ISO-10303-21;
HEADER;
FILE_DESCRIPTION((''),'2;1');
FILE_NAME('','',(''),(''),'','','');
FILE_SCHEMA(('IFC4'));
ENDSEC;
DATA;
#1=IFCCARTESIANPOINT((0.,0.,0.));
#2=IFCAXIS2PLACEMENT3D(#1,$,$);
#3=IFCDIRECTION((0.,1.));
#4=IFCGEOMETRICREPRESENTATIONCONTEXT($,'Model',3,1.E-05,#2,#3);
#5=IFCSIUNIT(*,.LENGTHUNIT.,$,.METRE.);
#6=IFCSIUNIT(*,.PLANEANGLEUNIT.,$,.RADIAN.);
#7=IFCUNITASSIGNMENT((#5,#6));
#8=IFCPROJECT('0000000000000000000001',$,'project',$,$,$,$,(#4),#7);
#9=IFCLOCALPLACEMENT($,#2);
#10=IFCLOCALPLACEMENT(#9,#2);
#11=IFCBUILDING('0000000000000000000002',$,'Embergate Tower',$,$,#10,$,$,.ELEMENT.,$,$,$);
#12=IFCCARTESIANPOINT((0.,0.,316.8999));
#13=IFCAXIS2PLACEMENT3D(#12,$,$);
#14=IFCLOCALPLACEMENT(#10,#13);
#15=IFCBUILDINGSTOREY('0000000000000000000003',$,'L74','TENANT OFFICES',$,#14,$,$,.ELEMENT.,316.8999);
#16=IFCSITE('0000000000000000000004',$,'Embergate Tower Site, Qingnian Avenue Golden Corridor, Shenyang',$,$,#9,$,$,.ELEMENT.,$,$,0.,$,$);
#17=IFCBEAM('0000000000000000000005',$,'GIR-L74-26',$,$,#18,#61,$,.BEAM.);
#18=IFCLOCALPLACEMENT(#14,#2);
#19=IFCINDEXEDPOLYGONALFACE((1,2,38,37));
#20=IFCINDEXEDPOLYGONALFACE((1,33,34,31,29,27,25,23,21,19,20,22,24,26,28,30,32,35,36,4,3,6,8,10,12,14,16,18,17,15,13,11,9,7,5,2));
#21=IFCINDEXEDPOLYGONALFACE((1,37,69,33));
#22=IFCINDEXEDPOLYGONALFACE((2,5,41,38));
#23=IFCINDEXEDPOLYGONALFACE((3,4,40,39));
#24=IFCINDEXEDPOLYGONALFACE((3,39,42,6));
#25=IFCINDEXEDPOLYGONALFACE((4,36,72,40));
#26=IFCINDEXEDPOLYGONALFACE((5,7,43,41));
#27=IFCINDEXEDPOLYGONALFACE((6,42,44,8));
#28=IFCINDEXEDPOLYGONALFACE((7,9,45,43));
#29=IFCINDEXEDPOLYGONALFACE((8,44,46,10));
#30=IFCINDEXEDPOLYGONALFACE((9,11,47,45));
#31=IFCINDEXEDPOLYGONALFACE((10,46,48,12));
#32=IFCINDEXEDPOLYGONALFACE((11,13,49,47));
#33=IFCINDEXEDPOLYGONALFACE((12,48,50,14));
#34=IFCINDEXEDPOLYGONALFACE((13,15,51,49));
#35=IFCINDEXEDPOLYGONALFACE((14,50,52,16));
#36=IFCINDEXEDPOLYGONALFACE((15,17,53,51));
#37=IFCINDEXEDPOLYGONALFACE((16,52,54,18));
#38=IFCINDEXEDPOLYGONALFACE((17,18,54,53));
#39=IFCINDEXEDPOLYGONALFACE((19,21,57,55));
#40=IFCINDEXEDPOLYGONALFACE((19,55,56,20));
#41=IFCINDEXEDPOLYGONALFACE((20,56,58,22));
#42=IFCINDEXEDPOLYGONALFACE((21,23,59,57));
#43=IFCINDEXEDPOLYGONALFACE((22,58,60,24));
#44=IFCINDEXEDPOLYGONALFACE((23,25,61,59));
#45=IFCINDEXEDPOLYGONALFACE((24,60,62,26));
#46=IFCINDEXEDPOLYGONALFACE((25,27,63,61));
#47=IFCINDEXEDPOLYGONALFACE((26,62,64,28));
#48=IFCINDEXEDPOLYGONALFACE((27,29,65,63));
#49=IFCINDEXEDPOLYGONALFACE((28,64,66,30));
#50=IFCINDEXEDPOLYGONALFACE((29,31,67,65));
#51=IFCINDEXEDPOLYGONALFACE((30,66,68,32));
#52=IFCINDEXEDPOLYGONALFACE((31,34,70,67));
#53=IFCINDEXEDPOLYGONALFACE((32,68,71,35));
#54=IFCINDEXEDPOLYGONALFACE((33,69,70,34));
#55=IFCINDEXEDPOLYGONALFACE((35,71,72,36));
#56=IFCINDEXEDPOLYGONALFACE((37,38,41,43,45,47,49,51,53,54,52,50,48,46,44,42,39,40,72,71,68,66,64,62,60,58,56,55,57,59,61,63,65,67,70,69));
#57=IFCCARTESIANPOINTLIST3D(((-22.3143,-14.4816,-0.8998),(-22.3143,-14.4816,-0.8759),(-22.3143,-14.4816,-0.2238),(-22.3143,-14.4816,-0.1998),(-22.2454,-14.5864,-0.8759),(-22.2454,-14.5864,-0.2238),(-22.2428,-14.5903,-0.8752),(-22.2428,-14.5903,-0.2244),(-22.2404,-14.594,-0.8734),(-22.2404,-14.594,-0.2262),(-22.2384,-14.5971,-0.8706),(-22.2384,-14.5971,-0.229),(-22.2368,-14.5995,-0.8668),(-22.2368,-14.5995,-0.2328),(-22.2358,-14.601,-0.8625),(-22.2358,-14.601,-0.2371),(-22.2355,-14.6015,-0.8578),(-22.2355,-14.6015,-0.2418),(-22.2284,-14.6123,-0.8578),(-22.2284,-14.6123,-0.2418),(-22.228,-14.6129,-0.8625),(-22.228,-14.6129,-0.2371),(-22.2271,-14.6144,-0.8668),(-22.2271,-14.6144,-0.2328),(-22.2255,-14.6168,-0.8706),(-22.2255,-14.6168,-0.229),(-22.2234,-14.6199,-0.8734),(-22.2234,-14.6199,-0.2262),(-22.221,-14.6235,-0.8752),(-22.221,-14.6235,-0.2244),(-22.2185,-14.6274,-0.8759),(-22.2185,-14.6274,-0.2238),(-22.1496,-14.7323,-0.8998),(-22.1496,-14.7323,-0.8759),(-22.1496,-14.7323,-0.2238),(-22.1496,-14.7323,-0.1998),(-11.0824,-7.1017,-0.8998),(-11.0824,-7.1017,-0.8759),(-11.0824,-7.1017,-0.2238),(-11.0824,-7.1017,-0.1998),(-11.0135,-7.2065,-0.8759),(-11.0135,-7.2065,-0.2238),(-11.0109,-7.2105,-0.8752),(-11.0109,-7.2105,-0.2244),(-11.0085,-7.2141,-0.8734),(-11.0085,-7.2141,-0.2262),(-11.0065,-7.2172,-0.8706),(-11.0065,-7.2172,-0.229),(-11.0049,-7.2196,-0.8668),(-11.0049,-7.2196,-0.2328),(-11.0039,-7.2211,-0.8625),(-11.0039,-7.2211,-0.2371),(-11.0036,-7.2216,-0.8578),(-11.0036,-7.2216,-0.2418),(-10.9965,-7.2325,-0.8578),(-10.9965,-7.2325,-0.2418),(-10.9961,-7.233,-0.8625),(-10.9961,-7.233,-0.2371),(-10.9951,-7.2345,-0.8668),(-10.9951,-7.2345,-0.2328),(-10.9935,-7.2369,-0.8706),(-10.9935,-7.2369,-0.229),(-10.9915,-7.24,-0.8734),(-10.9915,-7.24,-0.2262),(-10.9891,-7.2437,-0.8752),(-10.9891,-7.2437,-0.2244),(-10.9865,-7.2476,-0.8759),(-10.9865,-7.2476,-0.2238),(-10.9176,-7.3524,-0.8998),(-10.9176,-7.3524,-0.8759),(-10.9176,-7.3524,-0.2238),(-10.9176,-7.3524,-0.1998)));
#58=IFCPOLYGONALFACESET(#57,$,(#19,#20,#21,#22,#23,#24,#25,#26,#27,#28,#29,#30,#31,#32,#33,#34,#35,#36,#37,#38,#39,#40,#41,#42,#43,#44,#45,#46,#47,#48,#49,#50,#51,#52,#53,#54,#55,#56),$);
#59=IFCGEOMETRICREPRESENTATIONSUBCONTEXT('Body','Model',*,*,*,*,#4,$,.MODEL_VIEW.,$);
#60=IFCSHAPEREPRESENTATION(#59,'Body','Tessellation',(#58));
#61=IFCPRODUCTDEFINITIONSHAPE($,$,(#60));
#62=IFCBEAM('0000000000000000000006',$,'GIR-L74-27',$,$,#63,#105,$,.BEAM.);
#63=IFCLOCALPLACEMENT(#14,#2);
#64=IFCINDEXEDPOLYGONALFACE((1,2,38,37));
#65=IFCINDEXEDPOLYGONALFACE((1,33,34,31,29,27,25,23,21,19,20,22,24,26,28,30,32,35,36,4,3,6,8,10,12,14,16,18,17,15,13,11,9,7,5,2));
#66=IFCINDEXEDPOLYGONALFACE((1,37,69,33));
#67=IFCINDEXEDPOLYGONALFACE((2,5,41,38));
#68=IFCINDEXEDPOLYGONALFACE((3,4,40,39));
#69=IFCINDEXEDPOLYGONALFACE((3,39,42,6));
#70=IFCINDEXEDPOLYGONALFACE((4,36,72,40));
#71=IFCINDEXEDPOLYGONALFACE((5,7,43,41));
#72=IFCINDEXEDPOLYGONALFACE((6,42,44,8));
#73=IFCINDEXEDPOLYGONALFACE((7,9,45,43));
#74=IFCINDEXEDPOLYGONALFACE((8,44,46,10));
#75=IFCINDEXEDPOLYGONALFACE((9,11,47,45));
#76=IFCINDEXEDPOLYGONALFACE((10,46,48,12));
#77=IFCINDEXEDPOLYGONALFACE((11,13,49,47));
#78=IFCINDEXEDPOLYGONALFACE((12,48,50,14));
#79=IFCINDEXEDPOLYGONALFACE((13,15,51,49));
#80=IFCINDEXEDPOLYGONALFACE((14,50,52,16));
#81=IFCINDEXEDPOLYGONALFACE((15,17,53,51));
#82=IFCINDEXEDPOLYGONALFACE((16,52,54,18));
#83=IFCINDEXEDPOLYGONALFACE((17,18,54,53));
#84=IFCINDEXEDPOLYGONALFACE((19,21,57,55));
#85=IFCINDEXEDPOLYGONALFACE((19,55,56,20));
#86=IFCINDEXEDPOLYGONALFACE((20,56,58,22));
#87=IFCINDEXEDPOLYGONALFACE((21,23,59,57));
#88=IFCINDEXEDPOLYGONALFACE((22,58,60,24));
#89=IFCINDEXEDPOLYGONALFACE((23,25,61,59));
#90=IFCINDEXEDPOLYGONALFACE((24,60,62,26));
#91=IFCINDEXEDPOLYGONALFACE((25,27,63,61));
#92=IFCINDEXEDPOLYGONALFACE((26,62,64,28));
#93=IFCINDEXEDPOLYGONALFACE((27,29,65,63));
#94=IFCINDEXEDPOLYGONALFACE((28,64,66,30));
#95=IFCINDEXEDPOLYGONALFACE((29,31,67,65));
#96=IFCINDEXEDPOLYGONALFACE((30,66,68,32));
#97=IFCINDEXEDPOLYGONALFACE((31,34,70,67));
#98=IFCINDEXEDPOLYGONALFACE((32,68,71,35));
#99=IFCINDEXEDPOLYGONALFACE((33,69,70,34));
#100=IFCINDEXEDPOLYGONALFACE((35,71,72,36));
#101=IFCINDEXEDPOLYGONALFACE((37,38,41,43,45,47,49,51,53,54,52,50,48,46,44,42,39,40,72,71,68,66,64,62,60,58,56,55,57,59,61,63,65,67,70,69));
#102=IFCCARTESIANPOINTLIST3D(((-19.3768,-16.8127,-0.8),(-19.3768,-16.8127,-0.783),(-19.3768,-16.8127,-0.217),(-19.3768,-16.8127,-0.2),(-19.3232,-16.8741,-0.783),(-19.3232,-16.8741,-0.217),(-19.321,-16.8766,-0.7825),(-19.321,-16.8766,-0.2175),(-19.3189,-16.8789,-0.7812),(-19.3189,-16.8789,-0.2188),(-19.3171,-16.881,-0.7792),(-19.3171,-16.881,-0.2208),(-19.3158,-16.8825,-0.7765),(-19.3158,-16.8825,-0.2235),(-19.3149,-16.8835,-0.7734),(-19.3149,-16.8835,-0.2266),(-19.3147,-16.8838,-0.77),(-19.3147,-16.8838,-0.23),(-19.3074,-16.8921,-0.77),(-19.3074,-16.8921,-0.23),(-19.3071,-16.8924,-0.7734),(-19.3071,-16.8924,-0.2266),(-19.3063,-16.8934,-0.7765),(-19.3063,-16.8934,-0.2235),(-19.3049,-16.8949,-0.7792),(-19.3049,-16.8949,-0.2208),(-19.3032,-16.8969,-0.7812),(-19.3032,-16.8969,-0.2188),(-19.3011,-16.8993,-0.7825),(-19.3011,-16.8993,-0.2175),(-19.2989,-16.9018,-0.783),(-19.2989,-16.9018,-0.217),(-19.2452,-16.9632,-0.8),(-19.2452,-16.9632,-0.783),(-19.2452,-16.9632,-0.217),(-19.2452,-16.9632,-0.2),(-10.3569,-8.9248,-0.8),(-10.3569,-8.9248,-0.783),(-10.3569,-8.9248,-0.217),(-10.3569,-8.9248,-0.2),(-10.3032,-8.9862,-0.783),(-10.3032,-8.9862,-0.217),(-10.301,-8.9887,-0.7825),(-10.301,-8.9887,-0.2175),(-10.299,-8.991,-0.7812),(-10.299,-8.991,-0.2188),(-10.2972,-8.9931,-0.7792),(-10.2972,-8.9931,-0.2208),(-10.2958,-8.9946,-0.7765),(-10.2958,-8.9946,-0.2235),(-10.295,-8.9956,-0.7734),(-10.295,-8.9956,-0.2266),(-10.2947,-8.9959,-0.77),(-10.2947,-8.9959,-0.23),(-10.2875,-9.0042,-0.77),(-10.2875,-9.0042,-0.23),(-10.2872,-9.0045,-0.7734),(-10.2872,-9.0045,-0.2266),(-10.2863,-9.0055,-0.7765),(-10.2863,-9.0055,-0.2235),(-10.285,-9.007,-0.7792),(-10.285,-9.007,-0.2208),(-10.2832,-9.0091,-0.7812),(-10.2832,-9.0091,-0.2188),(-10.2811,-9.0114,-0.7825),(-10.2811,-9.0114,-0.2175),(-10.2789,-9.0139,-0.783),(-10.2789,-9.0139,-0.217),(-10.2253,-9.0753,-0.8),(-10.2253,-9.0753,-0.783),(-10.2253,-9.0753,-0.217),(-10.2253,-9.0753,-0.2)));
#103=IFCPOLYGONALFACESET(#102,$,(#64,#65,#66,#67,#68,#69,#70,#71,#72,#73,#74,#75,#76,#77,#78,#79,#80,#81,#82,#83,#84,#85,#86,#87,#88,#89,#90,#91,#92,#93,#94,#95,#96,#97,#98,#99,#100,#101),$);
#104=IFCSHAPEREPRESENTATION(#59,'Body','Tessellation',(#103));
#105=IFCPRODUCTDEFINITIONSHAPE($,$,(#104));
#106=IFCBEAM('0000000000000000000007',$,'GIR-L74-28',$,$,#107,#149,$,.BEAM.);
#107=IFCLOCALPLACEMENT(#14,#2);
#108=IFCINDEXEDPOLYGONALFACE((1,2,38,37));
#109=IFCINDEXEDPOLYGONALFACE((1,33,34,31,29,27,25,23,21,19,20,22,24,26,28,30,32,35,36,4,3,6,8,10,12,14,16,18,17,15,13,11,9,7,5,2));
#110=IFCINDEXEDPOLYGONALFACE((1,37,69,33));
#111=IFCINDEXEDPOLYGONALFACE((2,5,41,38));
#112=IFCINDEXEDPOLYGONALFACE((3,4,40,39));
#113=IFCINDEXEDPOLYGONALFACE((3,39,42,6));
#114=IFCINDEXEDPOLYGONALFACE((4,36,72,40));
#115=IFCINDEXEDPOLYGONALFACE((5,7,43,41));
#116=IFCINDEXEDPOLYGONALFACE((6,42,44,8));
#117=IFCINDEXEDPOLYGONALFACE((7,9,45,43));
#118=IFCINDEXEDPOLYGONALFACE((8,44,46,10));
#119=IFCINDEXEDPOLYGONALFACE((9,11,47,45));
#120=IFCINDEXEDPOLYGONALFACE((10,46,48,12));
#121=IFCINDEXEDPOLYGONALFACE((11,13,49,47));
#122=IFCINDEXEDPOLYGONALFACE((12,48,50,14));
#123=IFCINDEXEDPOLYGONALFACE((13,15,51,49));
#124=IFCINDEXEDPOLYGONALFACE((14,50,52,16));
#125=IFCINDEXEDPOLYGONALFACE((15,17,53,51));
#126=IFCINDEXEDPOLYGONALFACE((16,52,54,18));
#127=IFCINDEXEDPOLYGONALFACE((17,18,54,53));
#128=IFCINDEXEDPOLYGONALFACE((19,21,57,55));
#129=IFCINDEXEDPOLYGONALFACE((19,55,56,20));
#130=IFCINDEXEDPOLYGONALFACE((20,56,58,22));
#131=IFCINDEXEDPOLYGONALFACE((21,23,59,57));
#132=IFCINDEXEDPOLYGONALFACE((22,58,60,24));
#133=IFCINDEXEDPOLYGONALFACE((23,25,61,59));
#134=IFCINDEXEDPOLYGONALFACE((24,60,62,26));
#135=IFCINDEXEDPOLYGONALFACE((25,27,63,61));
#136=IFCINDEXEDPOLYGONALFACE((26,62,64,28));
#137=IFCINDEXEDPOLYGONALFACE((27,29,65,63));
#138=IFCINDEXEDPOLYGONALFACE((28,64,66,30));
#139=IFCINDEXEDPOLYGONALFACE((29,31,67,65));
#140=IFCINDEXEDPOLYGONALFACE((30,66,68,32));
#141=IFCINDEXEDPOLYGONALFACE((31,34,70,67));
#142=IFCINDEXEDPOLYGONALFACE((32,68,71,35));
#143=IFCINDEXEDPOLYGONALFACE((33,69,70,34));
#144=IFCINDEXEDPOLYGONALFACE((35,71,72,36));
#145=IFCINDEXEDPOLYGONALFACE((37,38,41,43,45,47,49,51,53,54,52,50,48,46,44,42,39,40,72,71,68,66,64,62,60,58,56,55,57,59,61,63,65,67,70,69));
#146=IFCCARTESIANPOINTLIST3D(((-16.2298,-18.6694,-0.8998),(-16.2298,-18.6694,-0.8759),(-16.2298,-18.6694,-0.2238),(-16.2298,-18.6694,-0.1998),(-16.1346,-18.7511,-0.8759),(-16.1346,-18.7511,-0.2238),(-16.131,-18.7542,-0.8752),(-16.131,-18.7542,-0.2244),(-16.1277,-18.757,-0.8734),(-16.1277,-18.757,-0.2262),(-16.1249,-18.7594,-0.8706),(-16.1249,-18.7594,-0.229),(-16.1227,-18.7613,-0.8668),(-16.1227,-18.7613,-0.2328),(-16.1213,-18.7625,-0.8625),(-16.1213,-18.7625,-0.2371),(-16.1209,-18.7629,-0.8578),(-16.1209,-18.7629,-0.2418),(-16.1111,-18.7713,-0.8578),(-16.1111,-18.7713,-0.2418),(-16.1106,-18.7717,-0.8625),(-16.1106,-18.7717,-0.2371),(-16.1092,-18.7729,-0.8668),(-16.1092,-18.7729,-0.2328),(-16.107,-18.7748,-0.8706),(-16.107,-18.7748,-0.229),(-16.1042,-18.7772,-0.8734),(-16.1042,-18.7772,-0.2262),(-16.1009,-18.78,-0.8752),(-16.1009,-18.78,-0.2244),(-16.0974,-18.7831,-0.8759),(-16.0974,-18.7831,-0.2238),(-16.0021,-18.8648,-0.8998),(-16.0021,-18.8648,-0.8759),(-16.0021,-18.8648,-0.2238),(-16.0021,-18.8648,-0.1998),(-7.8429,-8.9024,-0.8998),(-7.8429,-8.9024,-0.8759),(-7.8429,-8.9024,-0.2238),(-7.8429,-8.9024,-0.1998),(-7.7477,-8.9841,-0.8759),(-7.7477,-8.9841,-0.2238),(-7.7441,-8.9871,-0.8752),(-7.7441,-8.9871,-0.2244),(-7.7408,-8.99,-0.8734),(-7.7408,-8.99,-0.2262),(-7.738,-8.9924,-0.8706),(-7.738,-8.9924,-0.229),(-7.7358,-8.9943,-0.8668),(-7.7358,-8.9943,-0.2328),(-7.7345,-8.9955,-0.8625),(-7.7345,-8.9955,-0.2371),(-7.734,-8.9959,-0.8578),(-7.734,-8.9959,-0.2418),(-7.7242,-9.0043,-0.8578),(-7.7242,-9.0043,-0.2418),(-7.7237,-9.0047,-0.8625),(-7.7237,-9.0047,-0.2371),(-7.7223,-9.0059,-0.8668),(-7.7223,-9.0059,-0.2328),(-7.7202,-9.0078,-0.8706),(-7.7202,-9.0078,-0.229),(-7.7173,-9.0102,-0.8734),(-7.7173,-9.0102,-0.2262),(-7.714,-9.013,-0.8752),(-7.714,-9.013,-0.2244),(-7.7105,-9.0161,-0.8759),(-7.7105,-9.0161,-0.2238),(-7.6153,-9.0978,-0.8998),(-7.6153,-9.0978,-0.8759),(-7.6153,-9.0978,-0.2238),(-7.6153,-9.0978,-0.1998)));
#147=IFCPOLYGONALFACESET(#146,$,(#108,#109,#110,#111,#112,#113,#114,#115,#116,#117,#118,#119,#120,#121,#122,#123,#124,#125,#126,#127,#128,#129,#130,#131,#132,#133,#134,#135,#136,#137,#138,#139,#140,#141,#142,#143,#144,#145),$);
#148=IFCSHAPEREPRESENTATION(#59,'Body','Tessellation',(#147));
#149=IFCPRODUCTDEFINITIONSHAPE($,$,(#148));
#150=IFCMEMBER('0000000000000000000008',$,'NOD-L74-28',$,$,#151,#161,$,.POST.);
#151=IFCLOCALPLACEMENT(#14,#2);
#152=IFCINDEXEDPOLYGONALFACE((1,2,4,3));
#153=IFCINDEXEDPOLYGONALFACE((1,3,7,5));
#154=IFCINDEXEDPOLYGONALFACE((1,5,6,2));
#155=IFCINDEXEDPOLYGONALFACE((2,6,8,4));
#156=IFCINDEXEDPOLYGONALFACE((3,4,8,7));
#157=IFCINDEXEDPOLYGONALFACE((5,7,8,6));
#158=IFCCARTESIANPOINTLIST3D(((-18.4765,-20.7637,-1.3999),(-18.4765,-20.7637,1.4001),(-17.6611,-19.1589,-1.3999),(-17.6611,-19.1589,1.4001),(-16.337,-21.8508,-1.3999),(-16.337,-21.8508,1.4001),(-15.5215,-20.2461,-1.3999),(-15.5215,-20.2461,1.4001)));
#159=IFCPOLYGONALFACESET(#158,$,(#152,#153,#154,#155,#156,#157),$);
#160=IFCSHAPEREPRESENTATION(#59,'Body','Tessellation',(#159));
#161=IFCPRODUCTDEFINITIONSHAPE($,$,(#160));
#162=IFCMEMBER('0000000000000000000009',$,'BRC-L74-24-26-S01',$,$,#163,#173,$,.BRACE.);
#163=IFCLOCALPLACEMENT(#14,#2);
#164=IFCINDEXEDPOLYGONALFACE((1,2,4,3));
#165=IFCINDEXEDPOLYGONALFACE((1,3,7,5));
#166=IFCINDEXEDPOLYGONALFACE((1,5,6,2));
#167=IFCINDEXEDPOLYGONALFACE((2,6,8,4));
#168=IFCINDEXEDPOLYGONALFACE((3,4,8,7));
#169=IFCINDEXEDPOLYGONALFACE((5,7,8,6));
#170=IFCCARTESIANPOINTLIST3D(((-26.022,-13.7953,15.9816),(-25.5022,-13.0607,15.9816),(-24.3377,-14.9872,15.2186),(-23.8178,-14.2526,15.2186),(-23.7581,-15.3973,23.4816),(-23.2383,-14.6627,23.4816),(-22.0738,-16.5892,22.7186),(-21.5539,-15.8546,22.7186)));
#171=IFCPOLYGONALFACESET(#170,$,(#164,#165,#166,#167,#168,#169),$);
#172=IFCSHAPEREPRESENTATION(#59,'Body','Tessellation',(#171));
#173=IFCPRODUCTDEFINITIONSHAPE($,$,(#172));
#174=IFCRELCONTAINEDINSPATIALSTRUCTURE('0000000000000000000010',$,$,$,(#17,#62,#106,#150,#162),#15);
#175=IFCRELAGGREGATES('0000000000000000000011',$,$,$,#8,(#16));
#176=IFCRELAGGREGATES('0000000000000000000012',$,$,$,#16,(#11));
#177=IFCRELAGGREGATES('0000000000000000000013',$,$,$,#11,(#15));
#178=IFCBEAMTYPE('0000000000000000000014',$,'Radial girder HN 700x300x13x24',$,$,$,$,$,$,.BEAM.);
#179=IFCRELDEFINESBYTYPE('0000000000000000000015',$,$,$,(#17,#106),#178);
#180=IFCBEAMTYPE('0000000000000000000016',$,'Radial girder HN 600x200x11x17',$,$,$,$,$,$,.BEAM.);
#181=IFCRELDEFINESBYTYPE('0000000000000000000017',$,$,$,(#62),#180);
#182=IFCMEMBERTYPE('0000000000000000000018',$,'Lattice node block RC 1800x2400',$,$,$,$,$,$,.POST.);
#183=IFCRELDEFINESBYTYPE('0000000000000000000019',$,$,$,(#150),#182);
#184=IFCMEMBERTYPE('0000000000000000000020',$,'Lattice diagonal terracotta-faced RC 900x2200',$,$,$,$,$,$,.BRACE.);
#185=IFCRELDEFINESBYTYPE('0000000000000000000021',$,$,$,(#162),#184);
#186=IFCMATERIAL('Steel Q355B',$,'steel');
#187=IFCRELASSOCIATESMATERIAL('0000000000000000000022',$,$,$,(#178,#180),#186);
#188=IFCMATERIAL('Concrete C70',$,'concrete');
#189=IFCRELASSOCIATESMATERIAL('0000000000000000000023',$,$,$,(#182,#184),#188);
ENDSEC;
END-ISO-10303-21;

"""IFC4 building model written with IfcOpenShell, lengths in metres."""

from ifc_helpers import new_model, si_unit, direction, frame, origin, origin_2d, place, context, subcontext, project, spatial, rectangle, i_section, extrude, source, transform, mapped, material, material_profile, profile_set, type_object, element, save


model = new_model("IFC4")

# Units and contexts
model_context = context("Model", 3, precision=1e-05, world=origin(), true_north=direction((0.0, 1.0)))
body_context = subcontext(model_context, "Body", "Model", "MODEL_VIEW")
ifc_project = project(units=[si_unit("LENGTHUNIT", "METRE"), si_unit("PLANEANGLEUNIT", "RADIAN")], contexts=[model_context])

# Site, building, storey
site_placement = place(None, origin())
site = spatial("IfcSite", under=ifc_project, at=site_placement, Name="Embergate Tower Site, Qingnian Avenue Golden Corridor, Shenyang", CompositionType="ELEMENT", RefElevation=0.0)
building_placement = place(site_placement, origin())
building = spatial("IfcBuilding", under=site, at=building_placement, Name="Embergate Tower", CompositionType="ELEMENT")
storey_placement = place(building_placement, frame((0.0, 0.0, 316.8999)))
storey = spatial("IfcBuildingStorey", under=building, at=storey_placement, Name="L74", Description="TENANT OFFICES", CompositionType="ELEMENT", Elevation=316.8999)

# Beams
ifc_material_1 = material(Name="Steel Q355B", Category="steel")
ifc_material_profile_1 = material_profile(ifc_material_1, i_section(OverallWidth=0.3, OverallDepth=0.7, WebThickness=0.0129, FlangeThickness=0.0239, FilletRadius=0.0181, at=origin_2d()), Name="HN 700x300x13x24")
ifc_profile_set_1 = profile_set([ifc_material_profile_1], Name="Steel Q355 grade B")
beam_type_1 = type_object("IfcBeamType", Name="Radial girder HN 700x300x13x24", PredefinedType="BEAM", material=ifc_profile_set_1)
shared_shape_1 = source(origin(), body_context, "Body", "SweptSolid", [
    extrude(i_section(OverallWidth=0.3, OverallDepth=0.7, WebThickness=0.0129, FlangeThickness=0.0239, FilletRadius=0.0181, at=origin_2d()), origin(), (0.0, 0.0, 1.0), 13.4395),
])
beam_1_placement = place(storey_placement, frame((-22.2319, -14.6069, -0.5498), z_axis=(0.835743, 0.549121, 0.0), x_axis=(-0.549121, 0.835743, 0.0)))
element("IfcBeam", 1, at=beam_1_placement, inside=storey, type_object=beam_type_1, Name="GIR-L74-26", PredefinedType="BEAM", context=body_context, shape_type="MappedRepresentation", body=[
    mapped(shared_shape_1, transform((0.0, 0.0, 0.0))),
])
ifc_material_profile_2 = material_profile(ifc_material_1, i_section(OverallWidth=0.2, OverallDepth=0.6001, WebThickness=0.011, FlangeThickness=0.0171, FilletRadius=0.0129, at=origin_2d()), Name="HN 600x200x11x17")
ifc_profile_set_2 = profile_set([ifc_material_profile_2], Name="Steel Q355 grade B")
beam_type_2 = type_object("IfcBeamType", Name="Radial girder HN 600x200x11x17", PredefinedType="BEAM", material=ifc_profile_set_2)
shared_shape_2 = source(origin(), body_context, "Body", "SweptSolid", [
    extrude(i_section(OverallWidth=0.2, OverallDepth=0.6001, WebThickness=0.011, FlangeThickness=0.0171, FilletRadius=0.0129, at=origin_2d()), origin(), (0.0, 0.0, 1.0), 11.9824),
])
beam_2_placement = place(storey_placement, frame((-19.311, -16.8879, -0.5), z_axis=(0.752766, 0.658288, 0.0), x_axis=(-0.658288, 0.752766, 0.0)))
element("IfcBeam", 2, at=beam_2_placement, inside=storey, type_object=beam_type_2, Name="GIR-L74-27", PredefinedType="BEAM", context=body_context, shape_type="MappedRepresentation", body=[
    mapped(shared_shape_2, transform((0.0, 0.0, 0.0))),
])
shared_shape_3 = source(origin(), body_context, "Body", "SweptSolid", [
    extrude(i_section(OverallWidth=0.3, OverallDepth=0.7, WebThickness=0.0129, FlangeThickness=0.0239, FilletRadius=0.0181, at=origin_2d()), origin(), (0.0, 0.0, 1.0), 12.8738),
])
beam_3_placement = place(storey_placement, frame((-16.116, -18.7671, -0.5498), z_axis=(0.65147, 0.758674, 0.0), x_axis=(-0.758674, 0.65147, 0.0)))
element("IfcBeam", 3, at=beam_3_placement, inside=storey, type_object=beam_type_1, Name="GIR-L74-28", PredefinedType="BEAM", context=body_context, shape_type="MappedRepresentation", body=[
    mapped(shared_shape_3, transform((0.0, 0.0, 0.0))),
])

# Members
ifc_material_2 = material(Name="Concrete C70", Category="concrete")
ifc_material_profile_3 = material_profile(ifc_material_2, rectangle(XDim=1.8, YDim=2.3999, at=origin_2d()), Name="RC 1800x2400")
ifc_profile_set_3 = profile_set([ifc_material_profile_3], Name="Concrete C70")
member_type_1 = type_object("IfcMemberType", Name="Lattice node block RC 1800x2400", PredefinedType="POST", material=ifc_profile_set_3)
shared_shape_4 = source(origin(), body_context, "Body", "SweptSolid", [
    extrude(rectangle(XDim=1.8, YDim=2.3999, at=origin_2d()), origin(), (0.0, 0.0, 1.0), 2.8),
])
member_1_placement = place(storey_placement, frame((-16.999, -20.5049, -1.3999), z_axis=(0.0, 0.0, 1.0), x_axis=(-0.453011, -0.891505, 0.0)))
element("IfcMember", 4, at=member_1_placement, inside=storey, type_object=member_type_1, Name="NOD-L74-28", PredefinedType="POST", context=body_context, shape_type="MappedRepresentation", body=[
    mapped(shared_shape_4, transform((0.0, 0.0, 0.0))),
])
ifc_material_profile_4 = material_profile(ifc_material_2, rectangle(XDim=0.8999, YDim=2.2, at=origin_2d()), Name="RC 900x2200")
ifc_profile_set_4 = profile_set([ifc_material_profile_4], Name="Concrete C70")
member_type_2 = type_object("IfcMemberType", Name="Lattice diagonal terracotta-faced RC 900x2200", PredefinedType="BRACE", material=ifc_profile_set_4)
shared_shape_5 = source(origin(), body_context, "Body", "SweptSolid", [
    extrude(rectangle(XDim=0.8999, YDim=2.2, at=origin_2d()), origin(), (0.0, 0.0, 1.0), 7.9963),
])
member_2_placement = place(storey_placement, frame((-24.9199, -14.0239, 15.6001), z_axis=(0.283118, -0.200347, 0.937926), x_axis=(0.577644, 0.816289, 0.0)))
element("IfcMember", 5, at=member_2_placement, inside=storey, type_object=member_type_2, Name="BRC-L74-24-26-S01", PredefinedType="BRACE", context=body_context, shape_type="MappedRepresentation", body=[
    mapped(shared_shape_5, transform((0.0, 0.0, 0.0))),
])

save(model, "model.ifc")
